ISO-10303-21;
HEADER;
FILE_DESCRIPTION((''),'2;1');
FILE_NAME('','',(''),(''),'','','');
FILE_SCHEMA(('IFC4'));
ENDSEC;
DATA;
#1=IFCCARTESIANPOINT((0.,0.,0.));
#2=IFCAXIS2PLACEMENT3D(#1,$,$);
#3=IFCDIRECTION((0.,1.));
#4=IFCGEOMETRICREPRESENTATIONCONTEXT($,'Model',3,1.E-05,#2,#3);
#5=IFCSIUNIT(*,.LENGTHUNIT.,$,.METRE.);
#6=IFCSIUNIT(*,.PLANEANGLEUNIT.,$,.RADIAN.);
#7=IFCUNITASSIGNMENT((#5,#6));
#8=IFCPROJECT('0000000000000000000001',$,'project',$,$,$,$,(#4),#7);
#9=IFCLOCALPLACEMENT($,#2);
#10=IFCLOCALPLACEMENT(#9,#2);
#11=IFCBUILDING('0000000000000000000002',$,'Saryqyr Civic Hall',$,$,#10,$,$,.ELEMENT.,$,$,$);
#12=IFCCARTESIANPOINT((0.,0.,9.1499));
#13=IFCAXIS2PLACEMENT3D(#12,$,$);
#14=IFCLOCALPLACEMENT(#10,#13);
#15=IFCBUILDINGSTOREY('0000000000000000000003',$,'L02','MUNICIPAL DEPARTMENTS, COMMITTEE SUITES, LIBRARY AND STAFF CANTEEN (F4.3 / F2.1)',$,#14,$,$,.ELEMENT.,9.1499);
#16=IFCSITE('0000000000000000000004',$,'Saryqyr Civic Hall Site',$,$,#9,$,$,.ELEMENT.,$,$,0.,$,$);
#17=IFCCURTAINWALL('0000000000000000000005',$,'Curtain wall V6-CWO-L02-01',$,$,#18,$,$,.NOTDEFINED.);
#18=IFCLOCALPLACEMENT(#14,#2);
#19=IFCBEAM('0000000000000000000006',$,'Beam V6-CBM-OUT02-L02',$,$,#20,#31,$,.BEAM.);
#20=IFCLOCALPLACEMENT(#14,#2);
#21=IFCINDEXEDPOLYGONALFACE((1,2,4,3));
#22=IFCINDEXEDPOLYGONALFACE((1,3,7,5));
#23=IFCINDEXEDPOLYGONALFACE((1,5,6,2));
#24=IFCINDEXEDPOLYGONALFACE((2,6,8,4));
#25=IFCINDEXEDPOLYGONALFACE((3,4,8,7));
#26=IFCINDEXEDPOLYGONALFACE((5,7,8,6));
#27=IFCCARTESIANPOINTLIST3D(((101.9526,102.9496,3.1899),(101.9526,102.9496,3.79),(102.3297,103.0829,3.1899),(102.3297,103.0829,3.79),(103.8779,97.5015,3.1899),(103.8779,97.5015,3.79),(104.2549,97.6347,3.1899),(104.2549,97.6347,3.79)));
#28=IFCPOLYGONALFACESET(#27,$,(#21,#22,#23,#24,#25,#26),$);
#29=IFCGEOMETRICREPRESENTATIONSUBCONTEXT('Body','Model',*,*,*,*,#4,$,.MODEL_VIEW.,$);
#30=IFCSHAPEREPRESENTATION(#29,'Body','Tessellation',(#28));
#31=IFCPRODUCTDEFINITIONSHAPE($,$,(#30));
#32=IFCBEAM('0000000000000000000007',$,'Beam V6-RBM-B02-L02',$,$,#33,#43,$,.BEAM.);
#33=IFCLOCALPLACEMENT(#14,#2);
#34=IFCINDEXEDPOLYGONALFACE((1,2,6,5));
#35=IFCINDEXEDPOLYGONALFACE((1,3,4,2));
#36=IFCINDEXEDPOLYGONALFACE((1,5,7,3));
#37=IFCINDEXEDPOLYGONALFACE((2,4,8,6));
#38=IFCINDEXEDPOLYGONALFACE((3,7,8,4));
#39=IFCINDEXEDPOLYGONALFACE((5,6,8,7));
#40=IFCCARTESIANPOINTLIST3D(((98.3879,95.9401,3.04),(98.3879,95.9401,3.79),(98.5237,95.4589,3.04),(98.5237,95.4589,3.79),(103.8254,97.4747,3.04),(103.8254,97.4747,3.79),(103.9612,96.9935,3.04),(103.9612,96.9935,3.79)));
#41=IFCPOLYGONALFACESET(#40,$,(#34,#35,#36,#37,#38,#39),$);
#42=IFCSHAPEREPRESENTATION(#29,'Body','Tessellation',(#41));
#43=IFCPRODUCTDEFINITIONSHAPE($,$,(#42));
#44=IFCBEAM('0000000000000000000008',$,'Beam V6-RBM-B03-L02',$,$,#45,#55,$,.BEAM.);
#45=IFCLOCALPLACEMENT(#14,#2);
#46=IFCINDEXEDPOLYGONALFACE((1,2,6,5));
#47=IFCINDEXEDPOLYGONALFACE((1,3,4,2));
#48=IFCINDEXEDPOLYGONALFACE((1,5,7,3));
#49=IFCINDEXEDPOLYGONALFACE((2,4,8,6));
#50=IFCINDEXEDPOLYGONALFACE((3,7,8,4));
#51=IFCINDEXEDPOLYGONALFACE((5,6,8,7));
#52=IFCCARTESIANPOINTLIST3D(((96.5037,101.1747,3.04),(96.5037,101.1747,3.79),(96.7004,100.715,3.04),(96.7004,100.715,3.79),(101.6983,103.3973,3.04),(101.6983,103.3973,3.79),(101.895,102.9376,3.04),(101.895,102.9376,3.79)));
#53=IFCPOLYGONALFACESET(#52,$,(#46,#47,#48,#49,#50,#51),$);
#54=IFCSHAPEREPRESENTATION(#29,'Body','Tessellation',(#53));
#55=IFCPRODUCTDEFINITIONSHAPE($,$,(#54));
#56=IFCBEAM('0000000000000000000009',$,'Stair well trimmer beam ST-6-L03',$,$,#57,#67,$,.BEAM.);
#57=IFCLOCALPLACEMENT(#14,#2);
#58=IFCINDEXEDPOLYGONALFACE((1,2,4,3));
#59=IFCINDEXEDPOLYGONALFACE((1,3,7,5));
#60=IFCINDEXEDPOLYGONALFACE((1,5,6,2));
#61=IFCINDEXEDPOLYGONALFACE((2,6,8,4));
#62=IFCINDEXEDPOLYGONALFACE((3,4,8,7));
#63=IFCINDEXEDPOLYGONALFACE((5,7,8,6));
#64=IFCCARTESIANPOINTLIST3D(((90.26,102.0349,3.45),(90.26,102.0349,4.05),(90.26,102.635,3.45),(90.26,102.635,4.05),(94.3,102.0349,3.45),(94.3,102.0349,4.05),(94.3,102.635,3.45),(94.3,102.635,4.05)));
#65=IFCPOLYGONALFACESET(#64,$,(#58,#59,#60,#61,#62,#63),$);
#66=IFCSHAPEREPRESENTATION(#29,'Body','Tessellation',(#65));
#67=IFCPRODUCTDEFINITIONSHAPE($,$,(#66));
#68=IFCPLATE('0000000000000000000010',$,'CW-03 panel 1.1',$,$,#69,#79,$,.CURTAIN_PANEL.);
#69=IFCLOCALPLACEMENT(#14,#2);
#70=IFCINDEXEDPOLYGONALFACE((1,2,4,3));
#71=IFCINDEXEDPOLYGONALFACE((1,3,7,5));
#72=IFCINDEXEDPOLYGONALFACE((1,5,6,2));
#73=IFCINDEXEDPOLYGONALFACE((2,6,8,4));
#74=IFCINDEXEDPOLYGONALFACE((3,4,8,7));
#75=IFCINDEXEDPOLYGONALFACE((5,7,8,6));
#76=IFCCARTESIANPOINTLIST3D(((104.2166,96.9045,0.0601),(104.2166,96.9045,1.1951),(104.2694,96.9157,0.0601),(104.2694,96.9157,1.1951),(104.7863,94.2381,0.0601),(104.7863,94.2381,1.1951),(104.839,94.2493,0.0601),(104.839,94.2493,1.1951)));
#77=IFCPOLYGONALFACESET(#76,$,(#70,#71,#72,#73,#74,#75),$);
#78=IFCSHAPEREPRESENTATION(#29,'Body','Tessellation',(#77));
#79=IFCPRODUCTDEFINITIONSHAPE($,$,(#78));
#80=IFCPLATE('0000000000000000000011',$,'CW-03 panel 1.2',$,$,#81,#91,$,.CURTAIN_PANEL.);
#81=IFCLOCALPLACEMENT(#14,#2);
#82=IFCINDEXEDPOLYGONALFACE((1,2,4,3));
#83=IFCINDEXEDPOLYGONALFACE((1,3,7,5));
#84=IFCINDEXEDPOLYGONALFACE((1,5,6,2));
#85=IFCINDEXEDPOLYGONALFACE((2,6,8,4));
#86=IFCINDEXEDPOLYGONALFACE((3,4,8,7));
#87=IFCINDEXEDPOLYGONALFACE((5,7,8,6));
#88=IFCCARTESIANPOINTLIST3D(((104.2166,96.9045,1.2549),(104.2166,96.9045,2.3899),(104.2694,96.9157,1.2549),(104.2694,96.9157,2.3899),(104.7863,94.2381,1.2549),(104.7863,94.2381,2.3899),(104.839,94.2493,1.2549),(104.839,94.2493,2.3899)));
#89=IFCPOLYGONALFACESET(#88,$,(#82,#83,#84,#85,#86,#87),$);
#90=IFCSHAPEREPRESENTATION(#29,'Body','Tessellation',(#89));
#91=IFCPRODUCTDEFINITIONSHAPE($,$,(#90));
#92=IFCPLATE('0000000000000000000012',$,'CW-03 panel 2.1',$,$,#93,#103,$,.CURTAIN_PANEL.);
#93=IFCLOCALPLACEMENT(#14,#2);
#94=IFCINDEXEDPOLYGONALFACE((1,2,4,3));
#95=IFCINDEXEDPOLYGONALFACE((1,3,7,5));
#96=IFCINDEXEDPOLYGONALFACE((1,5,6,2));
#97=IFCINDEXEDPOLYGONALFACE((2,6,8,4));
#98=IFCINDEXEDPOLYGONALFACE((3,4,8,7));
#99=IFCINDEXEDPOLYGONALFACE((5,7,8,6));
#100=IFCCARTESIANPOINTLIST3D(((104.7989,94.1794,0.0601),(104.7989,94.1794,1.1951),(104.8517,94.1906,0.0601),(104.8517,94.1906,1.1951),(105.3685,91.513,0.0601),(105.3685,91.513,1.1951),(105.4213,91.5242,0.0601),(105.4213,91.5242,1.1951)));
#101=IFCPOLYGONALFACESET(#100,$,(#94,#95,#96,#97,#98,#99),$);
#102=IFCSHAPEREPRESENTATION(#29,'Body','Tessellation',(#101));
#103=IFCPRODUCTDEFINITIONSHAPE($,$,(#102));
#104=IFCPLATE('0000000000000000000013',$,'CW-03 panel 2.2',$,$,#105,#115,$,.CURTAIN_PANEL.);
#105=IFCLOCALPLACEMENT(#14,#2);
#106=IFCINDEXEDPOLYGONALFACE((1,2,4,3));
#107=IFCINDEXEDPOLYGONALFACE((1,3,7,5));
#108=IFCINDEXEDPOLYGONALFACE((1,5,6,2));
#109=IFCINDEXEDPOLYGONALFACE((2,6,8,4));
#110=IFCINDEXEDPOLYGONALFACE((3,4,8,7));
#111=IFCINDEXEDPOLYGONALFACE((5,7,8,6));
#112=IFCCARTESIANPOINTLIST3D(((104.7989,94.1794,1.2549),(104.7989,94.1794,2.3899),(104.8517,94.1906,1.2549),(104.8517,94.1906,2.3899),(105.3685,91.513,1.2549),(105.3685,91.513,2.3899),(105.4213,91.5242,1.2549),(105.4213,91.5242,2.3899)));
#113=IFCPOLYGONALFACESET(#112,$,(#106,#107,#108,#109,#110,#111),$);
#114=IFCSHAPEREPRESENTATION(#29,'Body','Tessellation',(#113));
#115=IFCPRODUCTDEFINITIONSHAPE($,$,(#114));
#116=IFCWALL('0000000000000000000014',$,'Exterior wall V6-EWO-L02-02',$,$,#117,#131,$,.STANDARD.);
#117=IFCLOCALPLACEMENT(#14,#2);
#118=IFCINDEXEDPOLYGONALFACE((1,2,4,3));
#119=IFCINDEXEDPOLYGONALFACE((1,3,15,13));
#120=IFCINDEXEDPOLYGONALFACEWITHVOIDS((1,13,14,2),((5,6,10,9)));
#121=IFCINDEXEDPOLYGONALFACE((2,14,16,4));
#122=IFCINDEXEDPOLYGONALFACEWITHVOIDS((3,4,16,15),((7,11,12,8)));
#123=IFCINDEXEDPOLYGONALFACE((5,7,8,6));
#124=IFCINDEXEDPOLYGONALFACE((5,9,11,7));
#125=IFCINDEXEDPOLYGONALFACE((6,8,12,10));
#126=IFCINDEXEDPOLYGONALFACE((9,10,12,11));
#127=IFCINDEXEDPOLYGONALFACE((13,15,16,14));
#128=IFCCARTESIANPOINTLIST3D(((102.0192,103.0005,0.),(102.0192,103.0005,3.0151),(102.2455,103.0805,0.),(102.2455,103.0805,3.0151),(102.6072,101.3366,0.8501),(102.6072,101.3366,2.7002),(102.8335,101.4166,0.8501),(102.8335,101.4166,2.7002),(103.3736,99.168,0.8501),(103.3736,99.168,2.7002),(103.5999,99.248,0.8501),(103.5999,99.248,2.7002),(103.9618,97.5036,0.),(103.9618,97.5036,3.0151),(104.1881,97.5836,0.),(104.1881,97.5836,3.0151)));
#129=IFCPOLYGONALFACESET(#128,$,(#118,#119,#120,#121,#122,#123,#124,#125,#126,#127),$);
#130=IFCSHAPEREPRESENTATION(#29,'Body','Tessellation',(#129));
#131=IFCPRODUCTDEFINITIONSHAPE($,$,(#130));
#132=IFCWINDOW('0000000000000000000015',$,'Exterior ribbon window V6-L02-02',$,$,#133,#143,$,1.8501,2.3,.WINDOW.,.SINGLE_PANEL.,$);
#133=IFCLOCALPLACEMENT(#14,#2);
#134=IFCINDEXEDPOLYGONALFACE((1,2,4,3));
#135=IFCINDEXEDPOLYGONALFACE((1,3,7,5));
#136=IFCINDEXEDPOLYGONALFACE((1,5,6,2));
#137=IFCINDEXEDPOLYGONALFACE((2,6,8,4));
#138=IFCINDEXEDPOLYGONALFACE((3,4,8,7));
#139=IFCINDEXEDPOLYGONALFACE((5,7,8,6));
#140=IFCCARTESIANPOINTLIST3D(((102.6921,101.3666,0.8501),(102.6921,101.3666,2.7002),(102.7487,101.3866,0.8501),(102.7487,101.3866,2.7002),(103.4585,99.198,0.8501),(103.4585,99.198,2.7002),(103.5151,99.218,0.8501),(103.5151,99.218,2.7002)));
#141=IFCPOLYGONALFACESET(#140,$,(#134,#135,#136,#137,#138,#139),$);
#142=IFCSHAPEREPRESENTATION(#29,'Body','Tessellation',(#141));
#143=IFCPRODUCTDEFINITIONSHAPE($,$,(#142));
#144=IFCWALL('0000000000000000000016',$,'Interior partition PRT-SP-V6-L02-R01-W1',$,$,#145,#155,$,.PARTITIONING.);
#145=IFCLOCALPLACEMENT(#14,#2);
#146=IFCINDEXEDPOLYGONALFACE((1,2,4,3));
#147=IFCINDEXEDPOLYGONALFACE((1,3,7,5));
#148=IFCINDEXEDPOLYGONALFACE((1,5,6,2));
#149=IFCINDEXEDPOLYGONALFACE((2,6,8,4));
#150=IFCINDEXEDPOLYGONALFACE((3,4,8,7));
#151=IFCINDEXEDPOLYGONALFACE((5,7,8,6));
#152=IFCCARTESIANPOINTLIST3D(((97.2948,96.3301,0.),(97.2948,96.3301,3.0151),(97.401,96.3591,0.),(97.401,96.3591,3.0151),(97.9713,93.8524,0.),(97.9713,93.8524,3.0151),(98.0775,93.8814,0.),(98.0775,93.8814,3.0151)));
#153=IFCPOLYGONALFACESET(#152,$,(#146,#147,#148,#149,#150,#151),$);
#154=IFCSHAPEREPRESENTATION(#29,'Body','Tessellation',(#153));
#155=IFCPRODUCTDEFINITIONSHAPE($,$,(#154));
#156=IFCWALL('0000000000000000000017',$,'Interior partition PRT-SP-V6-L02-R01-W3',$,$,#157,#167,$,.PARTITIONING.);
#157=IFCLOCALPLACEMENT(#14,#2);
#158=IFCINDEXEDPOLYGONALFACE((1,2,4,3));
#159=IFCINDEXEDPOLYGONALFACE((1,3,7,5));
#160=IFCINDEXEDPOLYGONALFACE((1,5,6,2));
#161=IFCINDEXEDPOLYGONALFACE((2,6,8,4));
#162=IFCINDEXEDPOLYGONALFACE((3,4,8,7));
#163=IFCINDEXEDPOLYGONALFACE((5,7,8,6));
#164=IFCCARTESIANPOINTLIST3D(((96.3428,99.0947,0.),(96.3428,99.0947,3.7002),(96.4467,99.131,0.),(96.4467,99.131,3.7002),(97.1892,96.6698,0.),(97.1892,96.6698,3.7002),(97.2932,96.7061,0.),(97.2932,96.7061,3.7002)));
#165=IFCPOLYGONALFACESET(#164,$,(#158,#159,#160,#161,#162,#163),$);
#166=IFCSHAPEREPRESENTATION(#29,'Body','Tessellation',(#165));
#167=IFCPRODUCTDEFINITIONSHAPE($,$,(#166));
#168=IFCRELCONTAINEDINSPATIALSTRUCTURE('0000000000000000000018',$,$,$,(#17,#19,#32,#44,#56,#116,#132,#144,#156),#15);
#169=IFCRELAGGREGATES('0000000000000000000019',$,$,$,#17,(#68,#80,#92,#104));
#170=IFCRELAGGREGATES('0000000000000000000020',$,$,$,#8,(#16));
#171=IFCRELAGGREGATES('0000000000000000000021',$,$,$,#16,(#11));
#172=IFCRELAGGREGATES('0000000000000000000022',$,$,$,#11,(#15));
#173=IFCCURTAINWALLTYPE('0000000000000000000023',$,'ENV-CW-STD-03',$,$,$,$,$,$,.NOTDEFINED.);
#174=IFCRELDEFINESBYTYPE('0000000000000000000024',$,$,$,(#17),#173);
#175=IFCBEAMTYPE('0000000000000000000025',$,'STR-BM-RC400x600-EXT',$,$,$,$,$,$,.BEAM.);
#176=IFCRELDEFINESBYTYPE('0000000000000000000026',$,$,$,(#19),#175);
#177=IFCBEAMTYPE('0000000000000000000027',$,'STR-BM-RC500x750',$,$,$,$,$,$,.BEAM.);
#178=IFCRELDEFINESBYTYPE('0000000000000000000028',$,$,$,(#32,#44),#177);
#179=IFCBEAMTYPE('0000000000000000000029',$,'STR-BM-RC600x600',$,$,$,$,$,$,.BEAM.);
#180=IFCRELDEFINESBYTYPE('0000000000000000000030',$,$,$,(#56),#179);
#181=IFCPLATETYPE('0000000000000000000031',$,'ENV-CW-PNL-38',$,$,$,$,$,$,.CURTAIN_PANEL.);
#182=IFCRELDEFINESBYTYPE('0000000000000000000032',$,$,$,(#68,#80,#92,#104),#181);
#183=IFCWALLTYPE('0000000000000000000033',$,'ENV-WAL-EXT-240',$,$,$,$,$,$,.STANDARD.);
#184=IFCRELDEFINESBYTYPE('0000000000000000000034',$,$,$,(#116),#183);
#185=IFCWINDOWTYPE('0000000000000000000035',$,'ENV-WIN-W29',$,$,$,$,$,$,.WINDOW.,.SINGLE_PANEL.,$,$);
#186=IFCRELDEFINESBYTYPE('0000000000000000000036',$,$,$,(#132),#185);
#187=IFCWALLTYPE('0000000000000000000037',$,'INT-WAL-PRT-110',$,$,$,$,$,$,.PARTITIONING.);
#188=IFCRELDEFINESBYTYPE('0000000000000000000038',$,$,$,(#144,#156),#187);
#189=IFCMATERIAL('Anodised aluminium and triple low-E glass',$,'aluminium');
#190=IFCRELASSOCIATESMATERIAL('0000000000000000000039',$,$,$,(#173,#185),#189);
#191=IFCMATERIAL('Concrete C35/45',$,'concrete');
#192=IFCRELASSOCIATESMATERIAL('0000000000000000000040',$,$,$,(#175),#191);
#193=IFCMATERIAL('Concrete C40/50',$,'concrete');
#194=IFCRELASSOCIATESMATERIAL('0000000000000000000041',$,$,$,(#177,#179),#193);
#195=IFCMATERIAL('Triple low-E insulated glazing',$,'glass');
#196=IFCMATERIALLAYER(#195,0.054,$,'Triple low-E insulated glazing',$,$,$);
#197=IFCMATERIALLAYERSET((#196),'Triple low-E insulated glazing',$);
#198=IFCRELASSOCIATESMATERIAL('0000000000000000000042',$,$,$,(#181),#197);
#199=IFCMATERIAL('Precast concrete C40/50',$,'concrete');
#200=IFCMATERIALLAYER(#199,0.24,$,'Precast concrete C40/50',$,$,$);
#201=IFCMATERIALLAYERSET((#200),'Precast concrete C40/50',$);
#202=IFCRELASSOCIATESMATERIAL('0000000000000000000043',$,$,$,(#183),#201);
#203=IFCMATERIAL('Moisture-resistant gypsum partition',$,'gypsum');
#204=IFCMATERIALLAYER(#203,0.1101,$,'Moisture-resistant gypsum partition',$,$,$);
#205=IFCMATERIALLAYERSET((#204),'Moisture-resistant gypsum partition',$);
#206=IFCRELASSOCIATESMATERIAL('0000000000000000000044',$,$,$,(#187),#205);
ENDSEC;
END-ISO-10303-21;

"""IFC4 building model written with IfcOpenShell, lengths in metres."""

from ifc_helpers import new_model, si_unit, direction, frame, frame_2d, origin, origin_2d, place, context, subcontext, project, spatial, rectangle, extrude, material, layer, layer_set, material_profile, profile_set, type_object, element, fill, aggregate, save


model = new_model("IFC4")

# Units and contexts
model_context = context("Model", 3, precision=1e-05, world=origin(), true_north=direction((0.0, 1.0)))
body_context = subcontext(model_context, "Body", "Model", "MODEL_VIEW")
ifc_project = project(units=[si_unit("LENGTHUNIT", "METRE"), si_unit("PLANEANGLEUNIT", "RADIAN")], contexts=[model_context])

# Site, building, storey
site_placement = place(None, origin())
site = spatial("IfcSite", under=ifc_project, at=site_placement, Name="Saryqyr Civic Hall Site", CompositionType="ELEMENT", RefElevation=0.0)
building_placement = place(site_placement, origin())
building = spatial("IfcBuilding", under=site, at=building_placement, Name="Saryqyr Civic Hall", CompositionType="ELEMENT")
storey_placement = place(building_placement, frame((0.0, 0.0, 9.1499)))
storey = spatial("IfcBuildingStorey", under=building, at=storey_placement, Name="L02", Description="MUNICIPAL DEPARTMENTS, COMMITTEE SUITES, LIBRARY AND STAFF CANTEEN (F4.3 / F2.1)", CompositionType="ELEMENT", Elevation=9.1499)

# Shared definitions
ifc_material_1 = material(Name="Concrete C40/50", Category="concrete")

# Curtain wall
ifc_material_2 = material(Name="Anodised aluminium and triple low-E glass", Category="aluminium")
curtain_wall_type = type_object("IfcCurtainWallType", Name="ENV-CW-STD-03", PredefinedType="NOTDEFINED", material=ifc_material_2)
curtain_wall_placement = place(storey_placement, origin())
curtain_wall = element("IfcCurtainWall", 1, at=curtain_wall_placement, inside=storey, type_object=curtain_wall_type, Name="Curtain wall V6-CWO-L02-01", PredefinedType="NOTDEFINED")

# Beams
ifc_material_3 = material(Name="Concrete C35/45", Category="concrete")
ifc_material_profile_1 = material_profile(ifc_material_3, rectangle(XDim=0.3999, YDim=0.6001, at=origin_2d()), Name="RC 400x600")
ifc_profile_set_1 = profile_set([ifc_material_profile_1], Name="Concrete C35/45")
beam_type_1 = type_object("IfcBeamType", Name="STR-BM-RC400x600-EXT", PredefinedType="BEAM", material=ifc_profile_set_1)
beam_1_placement = place(storey_placement, frame((104.0664, 97.5681, 3.49), z_axis=(-0.333187, 0.942861, 0.0), x_axis=(-0.942861, -0.333187, 0.0)))
element("IfcBeam", 2, at=beam_1_placement, inside=storey, type_object=beam_type_1, Name="Beam V6-CBM-OUT02-L02", PredefinedType="BEAM", context=body_context, shape_type="SweptSolid", body=[
    extrude(rectangle(XDim=0.3999, YDim=0.6001, at=origin_2d()), origin(), (0.0, 0.0, 1.0), 5.7783),
])
ifc_material_profile_2 = material_profile(ifc_material_1, rectangle(XDim=0.5, YDim=0.75, at=origin_2d()), Name="RC 500x750")
ifc_profile_set_2 = profile_set([ifc_material_profile_2], Name="Concrete C40/50")
beam_type_2 = type_object("IfcBeamType", Name="STR-BM-RC500x750", PredefinedType="BEAM", material=ifc_profile_set_2)
beam_2_placement = place(storey_placement, frame((98.4558, 95.6995, 3.415), z_axis=(0.962403, 0.271626, 0.0), x_axis=(-0.271626, 0.962403, 0.0)))
element("IfcBeam", 3, at=beam_2_placement, inside=storey, type_object=beam_type_2, Name="Beam V6-RBM-B02-L02", PredefinedType="BEAM", context=body_context, shape_type="SweptSolid", body=[
    extrude(rectangle(XDim=0.5, YDim=0.75, at=origin_2d()), origin(), (0.0, 0.0, 1.0), 5.6499),
])
beam_3_placement = place(storey_placement, frame((96.6021, 100.9448, 3.415), z_axis=(0.919375, 0.393382, 0.0), x_axis=(-0.393382, 0.919375, 0.0)))
element("IfcBeam", 4, at=beam_3_placement, inside=storey, type_object=beam_type_2, Name="Beam V6-RBM-B03-L02", PredefinedType="BEAM", context=body_context, shape_type="SweptSolid", body=[
    extrude(rectangle(XDim=0.5, YDim=0.75, at=origin_2d()), origin(), (0.0, 0.0, 1.0), 5.6501),
])
ifc_material_profile_3 = material_profile(ifc_material_1, rectangle(XDim=0.6001, YDim=0.6001, at=origin_2d()), Name="RC 600x600")
ifc_profile_set_3 = profile_set([ifc_material_profile_3], Name="Concrete C40/50")
beam_type_3 = type_object("IfcBeamType", Name="STR-BM-RC600x600", PredefinedType="BEAM", material=ifc_profile_set_3)
beam_4_placement = place(storey_placement, frame((94.3, 102.335, 3.75), z_axis=(-1.0, 0.0, 0.0), x_axis=(0.0, -1.0, 0.0)))
element("IfcBeam", 5, at=beam_4_placement, inside=storey, type_object=beam_type_3, Name="Stair well trimmer beam ST-6-L03", PredefinedType="BEAM", context=body_context, shape_type="SweptSolid", body=[
    extrude(rectangle(XDim=0.6001, YDim=0.6001, at=origin_2d()), origin(), (0.0, 0.0, 1.0), 4.04),
])

# Plates
ifc_material_4 = material(Name="Triple low-E insulated glazing", Category="glass")
ifc_layer_1 = layer(ifc_material_4, 0.054, Name="Triple low-E insulated glazing")
ifc_layer_set_1 = layer_set([ifc_layer_1], Name="Triple low-E insulated glazing")
plate_type = type_object("IfcPlateType", Name="ENV-CW-PNL-38", PredefinedType="CURTAIN_PANEL", material=ifc_layer_set_1)
plate_1_placement = place(storey_placement, frame((104.5278, 95.5769, 0.0601), z_axis=(0.0, 0.0, 1.0), x_axis=(0.208908, -0.977935, 0.0)))
plate_1 = element("IfcPlate", 6, at=plate_1_placement, type_object=plate_type, Name="CW-03 panel 1.1", PredefinedType="CURTAIN_PANEL", context=body_context, shape_type="SweptSolid", body=[
    extrude(rectangle(XDim=2.7266, YDim=0.054, at=origin_2d()), origin(), (0.0, 0.0, 1.0), 1.135),
])
plate_2_placement = place(storey_placement, frame((104.5278, 95.5769, 1.2549), z_axis=(0.0, 0.0, 1.0), x_axis=(0.208908, -0.977935, 0.0)))
plate_2 = element("IfcPlate", 7, at=plate_2_placement, type_object=plate_type, Name="CW-03 panel 1.2", PredefinedType="CURTAIN_PANEL", context=body_context, shape_type="SweptSolid", body=[
    extrude(rectangle(XDim=2.7266, YDim=0.054, at=origin_2d()), origin(), (0.0, 0.0, 1.0), 1.135),
])
plate_3_placement = place(storey_placement, frame((105.1101, 92.8518, 0.0601), z_axis=(0.0, 0.0, 1.0), x_axis=(0.208908, -0.977935, 0.0)))
plate_3 = element("IfcPlate", 8, at=plate_3_placement, type_object=plate_type, Name="CW-03 panel 2.1", PredefinedType="CURTAIN_PANEL", context=body_context, shape_type="SweptSolid", body=[
    extrude(rectangle(XDim=2.7266, YDim=0.054, at=origin_2d()), origin(), (0.0, 0.0, 1.0), 1.135),
])
plate_4_placement = place(storey_placement, frame((105.1101, 92.8518, 1.2549), z_axis=(0.0, 0.0, 1.0), x_axis=(0.208908, -0.977935, 0.0)))
plate_4 = element("IfcPlate", 9, at=plate_4_placement, type_object=plate_type, Name="CW-03 panel 2.2", PredefinedType="CURTAIN_PANEL", context=body_context, shape_type="SweptSolid", body=[
    extrude(rectangle(XDim=2.7266, YDim=0.054, at=origin_2d()), origin(), (0.0, 0.0, 1.0), 1.135),
])
aggregate(curtain_wall, [plate_1, plate_2, plate_3, plate_4])

# Wall, opening, window
ifc_material_5 = material(Name="Precast concrete C40/50", Category="concrete")
ifc_layer_2 = layer(ifc_material_5, 0.24, Name="Precast concrete C40/50")
ifc_layer_set_2 = layer_set([ifc_layer_2], Name="Precast concrete C40/50")
wall_type_1 = type_object("IfcWallType", Name="ENV-WAL-EXT-240", PredefinedType="STANDARD", material=ifc_layer_set_2)
wall_1_placement = place(storey_placement, frame((102.1323, 103.0405, 0.0), z_axis=(0.0, 0.0, 1.0), x_axis=(0.333212, -0.942852, 0.0)))
wall_1 = element("IfcWall", 10, at=wall_1_placement, inside=storey, type_object=wall_type_1, Name="Exterior wall V6-EWO-L02-02", PredefinedType="STANDARD", context=body_context, shape_type="SweptSolid", body=[
    extrude(rectangle(XDim=5.8301, YDim=0.24, at=frame_2d((2.915, 0.0))), origin(), (0.0, 0.0, 1.0), 3.0151),
])
opening_1_placement = place(wall_1_placement, frame((1.7649, 0.0, 0.8501)))
opening_1 = element("IfcOpeningElement", 11, at=opening_1_placement, cuts=wall_1, PredefinedType="OPENING", context=body_context, shape_type="SweptSolid", body=[
    extrude(rectangle(XDim=2.3, YDim=1.8501, at=frame_2d((1.1499, 0.925))), frame((0.0, 0.1299, 0.0), z_axis=(0.0, -1.0, 0.0), x_axis=(1.0, 0.0, 0.0)), (0.0, 0.0, 1.0), 0.26),
])
window_type = type_object("IfcWindowType", Name="ENV-WIN-W29", PartitioningType="SINGLE_PANEL", PredefinedType="WINDOW", material=ifc_material_2)
window_placement = place(opening_1_placement, origin())
window = element("IfcWindow", 12, at=window_placement, inside=storey, type_object=window_type, Name="Exterior ribbon window V6-L02-02", OverallHeight=1.8501, OverallWidth=2.3, PartitioningType="SINGLE_PANEL", PredefinedType="WINDOW", context=body_context, shape_type="SweptSolid", body=[
    extrude(rectangle(XDim=2.3, YDim=1.8501, at=frame_2d((1.1499, 0.925))), frame((0.0, 0.03, 0.0), z_axis=(0.0, -1.0, 0.0), x_axis=(1.0, 0.0, 0.0)), (0.0, 0.0, 1.0), 0.0601),
])
fill(opening_1, window)

# Walls
ifc_material_6 = material(Name="Moisture-resistant gypsum partition", Category="gypsum")
ifc_layer_3 = layer(ifc_material_6, 0.1101, Name="Moisture-resistant gypsum partition")
ifc_layer_set_3 = layer_set([ifc_layer_3], Name="Moisture-resistant gypsum partition")
wall_type_2 = type_object("IfcWallType", Name="INT-WAL-PRT-110", PredefinedType="PARTITIONING", material=ifc_layer_set_3)
wall_2_placement = place(storey_placement, frame((98.0244, 93.8669, 0.0), z_axis=(0.0, 0.0, 1.0), x_axis=(-0.263415, 0.964683, 0.0)))
element("IfcWall", 13, at=wall_2_placement, inside=storey, type_object=wall_type_2, Name="Interior partition PRT-SP-V6-L02-R01-W1", PredefinedType="PARTITIONING", context=body_context, shape_type="SweptSolid", body=[
    extrude(rectangle(XDim=2.5684, YDim=0.1101, at=frame_2d((1.2842, 0.0))), origin(), (0.0, 0.0, 1.0), 3.0151),
])
wall_3_placement = place(storey_placement, frame((97.2412, 96.688, 0.0), z_axis=(0.0, 0.0, 1.0), x_axis=(-0.329571, 0.944131, 0.0)))
element("IfcWall", 14, at=wall_3_placement, inside=storey, type_object=wall_type_2, Name="Interior partition PRT-SP-V6-L02-R01-W3", PredefinedType="PARTITIONING", context=body_context, shape_type="SweptSolid", body=[
    extrude(rectangle(XDim=2.5684, YDim=0.1101, at=frame_2d((1.2842, 0.0))), origin(), (0.0, 0.0, 1.0), 3.7002),
])

save(model, "model.ifc")
